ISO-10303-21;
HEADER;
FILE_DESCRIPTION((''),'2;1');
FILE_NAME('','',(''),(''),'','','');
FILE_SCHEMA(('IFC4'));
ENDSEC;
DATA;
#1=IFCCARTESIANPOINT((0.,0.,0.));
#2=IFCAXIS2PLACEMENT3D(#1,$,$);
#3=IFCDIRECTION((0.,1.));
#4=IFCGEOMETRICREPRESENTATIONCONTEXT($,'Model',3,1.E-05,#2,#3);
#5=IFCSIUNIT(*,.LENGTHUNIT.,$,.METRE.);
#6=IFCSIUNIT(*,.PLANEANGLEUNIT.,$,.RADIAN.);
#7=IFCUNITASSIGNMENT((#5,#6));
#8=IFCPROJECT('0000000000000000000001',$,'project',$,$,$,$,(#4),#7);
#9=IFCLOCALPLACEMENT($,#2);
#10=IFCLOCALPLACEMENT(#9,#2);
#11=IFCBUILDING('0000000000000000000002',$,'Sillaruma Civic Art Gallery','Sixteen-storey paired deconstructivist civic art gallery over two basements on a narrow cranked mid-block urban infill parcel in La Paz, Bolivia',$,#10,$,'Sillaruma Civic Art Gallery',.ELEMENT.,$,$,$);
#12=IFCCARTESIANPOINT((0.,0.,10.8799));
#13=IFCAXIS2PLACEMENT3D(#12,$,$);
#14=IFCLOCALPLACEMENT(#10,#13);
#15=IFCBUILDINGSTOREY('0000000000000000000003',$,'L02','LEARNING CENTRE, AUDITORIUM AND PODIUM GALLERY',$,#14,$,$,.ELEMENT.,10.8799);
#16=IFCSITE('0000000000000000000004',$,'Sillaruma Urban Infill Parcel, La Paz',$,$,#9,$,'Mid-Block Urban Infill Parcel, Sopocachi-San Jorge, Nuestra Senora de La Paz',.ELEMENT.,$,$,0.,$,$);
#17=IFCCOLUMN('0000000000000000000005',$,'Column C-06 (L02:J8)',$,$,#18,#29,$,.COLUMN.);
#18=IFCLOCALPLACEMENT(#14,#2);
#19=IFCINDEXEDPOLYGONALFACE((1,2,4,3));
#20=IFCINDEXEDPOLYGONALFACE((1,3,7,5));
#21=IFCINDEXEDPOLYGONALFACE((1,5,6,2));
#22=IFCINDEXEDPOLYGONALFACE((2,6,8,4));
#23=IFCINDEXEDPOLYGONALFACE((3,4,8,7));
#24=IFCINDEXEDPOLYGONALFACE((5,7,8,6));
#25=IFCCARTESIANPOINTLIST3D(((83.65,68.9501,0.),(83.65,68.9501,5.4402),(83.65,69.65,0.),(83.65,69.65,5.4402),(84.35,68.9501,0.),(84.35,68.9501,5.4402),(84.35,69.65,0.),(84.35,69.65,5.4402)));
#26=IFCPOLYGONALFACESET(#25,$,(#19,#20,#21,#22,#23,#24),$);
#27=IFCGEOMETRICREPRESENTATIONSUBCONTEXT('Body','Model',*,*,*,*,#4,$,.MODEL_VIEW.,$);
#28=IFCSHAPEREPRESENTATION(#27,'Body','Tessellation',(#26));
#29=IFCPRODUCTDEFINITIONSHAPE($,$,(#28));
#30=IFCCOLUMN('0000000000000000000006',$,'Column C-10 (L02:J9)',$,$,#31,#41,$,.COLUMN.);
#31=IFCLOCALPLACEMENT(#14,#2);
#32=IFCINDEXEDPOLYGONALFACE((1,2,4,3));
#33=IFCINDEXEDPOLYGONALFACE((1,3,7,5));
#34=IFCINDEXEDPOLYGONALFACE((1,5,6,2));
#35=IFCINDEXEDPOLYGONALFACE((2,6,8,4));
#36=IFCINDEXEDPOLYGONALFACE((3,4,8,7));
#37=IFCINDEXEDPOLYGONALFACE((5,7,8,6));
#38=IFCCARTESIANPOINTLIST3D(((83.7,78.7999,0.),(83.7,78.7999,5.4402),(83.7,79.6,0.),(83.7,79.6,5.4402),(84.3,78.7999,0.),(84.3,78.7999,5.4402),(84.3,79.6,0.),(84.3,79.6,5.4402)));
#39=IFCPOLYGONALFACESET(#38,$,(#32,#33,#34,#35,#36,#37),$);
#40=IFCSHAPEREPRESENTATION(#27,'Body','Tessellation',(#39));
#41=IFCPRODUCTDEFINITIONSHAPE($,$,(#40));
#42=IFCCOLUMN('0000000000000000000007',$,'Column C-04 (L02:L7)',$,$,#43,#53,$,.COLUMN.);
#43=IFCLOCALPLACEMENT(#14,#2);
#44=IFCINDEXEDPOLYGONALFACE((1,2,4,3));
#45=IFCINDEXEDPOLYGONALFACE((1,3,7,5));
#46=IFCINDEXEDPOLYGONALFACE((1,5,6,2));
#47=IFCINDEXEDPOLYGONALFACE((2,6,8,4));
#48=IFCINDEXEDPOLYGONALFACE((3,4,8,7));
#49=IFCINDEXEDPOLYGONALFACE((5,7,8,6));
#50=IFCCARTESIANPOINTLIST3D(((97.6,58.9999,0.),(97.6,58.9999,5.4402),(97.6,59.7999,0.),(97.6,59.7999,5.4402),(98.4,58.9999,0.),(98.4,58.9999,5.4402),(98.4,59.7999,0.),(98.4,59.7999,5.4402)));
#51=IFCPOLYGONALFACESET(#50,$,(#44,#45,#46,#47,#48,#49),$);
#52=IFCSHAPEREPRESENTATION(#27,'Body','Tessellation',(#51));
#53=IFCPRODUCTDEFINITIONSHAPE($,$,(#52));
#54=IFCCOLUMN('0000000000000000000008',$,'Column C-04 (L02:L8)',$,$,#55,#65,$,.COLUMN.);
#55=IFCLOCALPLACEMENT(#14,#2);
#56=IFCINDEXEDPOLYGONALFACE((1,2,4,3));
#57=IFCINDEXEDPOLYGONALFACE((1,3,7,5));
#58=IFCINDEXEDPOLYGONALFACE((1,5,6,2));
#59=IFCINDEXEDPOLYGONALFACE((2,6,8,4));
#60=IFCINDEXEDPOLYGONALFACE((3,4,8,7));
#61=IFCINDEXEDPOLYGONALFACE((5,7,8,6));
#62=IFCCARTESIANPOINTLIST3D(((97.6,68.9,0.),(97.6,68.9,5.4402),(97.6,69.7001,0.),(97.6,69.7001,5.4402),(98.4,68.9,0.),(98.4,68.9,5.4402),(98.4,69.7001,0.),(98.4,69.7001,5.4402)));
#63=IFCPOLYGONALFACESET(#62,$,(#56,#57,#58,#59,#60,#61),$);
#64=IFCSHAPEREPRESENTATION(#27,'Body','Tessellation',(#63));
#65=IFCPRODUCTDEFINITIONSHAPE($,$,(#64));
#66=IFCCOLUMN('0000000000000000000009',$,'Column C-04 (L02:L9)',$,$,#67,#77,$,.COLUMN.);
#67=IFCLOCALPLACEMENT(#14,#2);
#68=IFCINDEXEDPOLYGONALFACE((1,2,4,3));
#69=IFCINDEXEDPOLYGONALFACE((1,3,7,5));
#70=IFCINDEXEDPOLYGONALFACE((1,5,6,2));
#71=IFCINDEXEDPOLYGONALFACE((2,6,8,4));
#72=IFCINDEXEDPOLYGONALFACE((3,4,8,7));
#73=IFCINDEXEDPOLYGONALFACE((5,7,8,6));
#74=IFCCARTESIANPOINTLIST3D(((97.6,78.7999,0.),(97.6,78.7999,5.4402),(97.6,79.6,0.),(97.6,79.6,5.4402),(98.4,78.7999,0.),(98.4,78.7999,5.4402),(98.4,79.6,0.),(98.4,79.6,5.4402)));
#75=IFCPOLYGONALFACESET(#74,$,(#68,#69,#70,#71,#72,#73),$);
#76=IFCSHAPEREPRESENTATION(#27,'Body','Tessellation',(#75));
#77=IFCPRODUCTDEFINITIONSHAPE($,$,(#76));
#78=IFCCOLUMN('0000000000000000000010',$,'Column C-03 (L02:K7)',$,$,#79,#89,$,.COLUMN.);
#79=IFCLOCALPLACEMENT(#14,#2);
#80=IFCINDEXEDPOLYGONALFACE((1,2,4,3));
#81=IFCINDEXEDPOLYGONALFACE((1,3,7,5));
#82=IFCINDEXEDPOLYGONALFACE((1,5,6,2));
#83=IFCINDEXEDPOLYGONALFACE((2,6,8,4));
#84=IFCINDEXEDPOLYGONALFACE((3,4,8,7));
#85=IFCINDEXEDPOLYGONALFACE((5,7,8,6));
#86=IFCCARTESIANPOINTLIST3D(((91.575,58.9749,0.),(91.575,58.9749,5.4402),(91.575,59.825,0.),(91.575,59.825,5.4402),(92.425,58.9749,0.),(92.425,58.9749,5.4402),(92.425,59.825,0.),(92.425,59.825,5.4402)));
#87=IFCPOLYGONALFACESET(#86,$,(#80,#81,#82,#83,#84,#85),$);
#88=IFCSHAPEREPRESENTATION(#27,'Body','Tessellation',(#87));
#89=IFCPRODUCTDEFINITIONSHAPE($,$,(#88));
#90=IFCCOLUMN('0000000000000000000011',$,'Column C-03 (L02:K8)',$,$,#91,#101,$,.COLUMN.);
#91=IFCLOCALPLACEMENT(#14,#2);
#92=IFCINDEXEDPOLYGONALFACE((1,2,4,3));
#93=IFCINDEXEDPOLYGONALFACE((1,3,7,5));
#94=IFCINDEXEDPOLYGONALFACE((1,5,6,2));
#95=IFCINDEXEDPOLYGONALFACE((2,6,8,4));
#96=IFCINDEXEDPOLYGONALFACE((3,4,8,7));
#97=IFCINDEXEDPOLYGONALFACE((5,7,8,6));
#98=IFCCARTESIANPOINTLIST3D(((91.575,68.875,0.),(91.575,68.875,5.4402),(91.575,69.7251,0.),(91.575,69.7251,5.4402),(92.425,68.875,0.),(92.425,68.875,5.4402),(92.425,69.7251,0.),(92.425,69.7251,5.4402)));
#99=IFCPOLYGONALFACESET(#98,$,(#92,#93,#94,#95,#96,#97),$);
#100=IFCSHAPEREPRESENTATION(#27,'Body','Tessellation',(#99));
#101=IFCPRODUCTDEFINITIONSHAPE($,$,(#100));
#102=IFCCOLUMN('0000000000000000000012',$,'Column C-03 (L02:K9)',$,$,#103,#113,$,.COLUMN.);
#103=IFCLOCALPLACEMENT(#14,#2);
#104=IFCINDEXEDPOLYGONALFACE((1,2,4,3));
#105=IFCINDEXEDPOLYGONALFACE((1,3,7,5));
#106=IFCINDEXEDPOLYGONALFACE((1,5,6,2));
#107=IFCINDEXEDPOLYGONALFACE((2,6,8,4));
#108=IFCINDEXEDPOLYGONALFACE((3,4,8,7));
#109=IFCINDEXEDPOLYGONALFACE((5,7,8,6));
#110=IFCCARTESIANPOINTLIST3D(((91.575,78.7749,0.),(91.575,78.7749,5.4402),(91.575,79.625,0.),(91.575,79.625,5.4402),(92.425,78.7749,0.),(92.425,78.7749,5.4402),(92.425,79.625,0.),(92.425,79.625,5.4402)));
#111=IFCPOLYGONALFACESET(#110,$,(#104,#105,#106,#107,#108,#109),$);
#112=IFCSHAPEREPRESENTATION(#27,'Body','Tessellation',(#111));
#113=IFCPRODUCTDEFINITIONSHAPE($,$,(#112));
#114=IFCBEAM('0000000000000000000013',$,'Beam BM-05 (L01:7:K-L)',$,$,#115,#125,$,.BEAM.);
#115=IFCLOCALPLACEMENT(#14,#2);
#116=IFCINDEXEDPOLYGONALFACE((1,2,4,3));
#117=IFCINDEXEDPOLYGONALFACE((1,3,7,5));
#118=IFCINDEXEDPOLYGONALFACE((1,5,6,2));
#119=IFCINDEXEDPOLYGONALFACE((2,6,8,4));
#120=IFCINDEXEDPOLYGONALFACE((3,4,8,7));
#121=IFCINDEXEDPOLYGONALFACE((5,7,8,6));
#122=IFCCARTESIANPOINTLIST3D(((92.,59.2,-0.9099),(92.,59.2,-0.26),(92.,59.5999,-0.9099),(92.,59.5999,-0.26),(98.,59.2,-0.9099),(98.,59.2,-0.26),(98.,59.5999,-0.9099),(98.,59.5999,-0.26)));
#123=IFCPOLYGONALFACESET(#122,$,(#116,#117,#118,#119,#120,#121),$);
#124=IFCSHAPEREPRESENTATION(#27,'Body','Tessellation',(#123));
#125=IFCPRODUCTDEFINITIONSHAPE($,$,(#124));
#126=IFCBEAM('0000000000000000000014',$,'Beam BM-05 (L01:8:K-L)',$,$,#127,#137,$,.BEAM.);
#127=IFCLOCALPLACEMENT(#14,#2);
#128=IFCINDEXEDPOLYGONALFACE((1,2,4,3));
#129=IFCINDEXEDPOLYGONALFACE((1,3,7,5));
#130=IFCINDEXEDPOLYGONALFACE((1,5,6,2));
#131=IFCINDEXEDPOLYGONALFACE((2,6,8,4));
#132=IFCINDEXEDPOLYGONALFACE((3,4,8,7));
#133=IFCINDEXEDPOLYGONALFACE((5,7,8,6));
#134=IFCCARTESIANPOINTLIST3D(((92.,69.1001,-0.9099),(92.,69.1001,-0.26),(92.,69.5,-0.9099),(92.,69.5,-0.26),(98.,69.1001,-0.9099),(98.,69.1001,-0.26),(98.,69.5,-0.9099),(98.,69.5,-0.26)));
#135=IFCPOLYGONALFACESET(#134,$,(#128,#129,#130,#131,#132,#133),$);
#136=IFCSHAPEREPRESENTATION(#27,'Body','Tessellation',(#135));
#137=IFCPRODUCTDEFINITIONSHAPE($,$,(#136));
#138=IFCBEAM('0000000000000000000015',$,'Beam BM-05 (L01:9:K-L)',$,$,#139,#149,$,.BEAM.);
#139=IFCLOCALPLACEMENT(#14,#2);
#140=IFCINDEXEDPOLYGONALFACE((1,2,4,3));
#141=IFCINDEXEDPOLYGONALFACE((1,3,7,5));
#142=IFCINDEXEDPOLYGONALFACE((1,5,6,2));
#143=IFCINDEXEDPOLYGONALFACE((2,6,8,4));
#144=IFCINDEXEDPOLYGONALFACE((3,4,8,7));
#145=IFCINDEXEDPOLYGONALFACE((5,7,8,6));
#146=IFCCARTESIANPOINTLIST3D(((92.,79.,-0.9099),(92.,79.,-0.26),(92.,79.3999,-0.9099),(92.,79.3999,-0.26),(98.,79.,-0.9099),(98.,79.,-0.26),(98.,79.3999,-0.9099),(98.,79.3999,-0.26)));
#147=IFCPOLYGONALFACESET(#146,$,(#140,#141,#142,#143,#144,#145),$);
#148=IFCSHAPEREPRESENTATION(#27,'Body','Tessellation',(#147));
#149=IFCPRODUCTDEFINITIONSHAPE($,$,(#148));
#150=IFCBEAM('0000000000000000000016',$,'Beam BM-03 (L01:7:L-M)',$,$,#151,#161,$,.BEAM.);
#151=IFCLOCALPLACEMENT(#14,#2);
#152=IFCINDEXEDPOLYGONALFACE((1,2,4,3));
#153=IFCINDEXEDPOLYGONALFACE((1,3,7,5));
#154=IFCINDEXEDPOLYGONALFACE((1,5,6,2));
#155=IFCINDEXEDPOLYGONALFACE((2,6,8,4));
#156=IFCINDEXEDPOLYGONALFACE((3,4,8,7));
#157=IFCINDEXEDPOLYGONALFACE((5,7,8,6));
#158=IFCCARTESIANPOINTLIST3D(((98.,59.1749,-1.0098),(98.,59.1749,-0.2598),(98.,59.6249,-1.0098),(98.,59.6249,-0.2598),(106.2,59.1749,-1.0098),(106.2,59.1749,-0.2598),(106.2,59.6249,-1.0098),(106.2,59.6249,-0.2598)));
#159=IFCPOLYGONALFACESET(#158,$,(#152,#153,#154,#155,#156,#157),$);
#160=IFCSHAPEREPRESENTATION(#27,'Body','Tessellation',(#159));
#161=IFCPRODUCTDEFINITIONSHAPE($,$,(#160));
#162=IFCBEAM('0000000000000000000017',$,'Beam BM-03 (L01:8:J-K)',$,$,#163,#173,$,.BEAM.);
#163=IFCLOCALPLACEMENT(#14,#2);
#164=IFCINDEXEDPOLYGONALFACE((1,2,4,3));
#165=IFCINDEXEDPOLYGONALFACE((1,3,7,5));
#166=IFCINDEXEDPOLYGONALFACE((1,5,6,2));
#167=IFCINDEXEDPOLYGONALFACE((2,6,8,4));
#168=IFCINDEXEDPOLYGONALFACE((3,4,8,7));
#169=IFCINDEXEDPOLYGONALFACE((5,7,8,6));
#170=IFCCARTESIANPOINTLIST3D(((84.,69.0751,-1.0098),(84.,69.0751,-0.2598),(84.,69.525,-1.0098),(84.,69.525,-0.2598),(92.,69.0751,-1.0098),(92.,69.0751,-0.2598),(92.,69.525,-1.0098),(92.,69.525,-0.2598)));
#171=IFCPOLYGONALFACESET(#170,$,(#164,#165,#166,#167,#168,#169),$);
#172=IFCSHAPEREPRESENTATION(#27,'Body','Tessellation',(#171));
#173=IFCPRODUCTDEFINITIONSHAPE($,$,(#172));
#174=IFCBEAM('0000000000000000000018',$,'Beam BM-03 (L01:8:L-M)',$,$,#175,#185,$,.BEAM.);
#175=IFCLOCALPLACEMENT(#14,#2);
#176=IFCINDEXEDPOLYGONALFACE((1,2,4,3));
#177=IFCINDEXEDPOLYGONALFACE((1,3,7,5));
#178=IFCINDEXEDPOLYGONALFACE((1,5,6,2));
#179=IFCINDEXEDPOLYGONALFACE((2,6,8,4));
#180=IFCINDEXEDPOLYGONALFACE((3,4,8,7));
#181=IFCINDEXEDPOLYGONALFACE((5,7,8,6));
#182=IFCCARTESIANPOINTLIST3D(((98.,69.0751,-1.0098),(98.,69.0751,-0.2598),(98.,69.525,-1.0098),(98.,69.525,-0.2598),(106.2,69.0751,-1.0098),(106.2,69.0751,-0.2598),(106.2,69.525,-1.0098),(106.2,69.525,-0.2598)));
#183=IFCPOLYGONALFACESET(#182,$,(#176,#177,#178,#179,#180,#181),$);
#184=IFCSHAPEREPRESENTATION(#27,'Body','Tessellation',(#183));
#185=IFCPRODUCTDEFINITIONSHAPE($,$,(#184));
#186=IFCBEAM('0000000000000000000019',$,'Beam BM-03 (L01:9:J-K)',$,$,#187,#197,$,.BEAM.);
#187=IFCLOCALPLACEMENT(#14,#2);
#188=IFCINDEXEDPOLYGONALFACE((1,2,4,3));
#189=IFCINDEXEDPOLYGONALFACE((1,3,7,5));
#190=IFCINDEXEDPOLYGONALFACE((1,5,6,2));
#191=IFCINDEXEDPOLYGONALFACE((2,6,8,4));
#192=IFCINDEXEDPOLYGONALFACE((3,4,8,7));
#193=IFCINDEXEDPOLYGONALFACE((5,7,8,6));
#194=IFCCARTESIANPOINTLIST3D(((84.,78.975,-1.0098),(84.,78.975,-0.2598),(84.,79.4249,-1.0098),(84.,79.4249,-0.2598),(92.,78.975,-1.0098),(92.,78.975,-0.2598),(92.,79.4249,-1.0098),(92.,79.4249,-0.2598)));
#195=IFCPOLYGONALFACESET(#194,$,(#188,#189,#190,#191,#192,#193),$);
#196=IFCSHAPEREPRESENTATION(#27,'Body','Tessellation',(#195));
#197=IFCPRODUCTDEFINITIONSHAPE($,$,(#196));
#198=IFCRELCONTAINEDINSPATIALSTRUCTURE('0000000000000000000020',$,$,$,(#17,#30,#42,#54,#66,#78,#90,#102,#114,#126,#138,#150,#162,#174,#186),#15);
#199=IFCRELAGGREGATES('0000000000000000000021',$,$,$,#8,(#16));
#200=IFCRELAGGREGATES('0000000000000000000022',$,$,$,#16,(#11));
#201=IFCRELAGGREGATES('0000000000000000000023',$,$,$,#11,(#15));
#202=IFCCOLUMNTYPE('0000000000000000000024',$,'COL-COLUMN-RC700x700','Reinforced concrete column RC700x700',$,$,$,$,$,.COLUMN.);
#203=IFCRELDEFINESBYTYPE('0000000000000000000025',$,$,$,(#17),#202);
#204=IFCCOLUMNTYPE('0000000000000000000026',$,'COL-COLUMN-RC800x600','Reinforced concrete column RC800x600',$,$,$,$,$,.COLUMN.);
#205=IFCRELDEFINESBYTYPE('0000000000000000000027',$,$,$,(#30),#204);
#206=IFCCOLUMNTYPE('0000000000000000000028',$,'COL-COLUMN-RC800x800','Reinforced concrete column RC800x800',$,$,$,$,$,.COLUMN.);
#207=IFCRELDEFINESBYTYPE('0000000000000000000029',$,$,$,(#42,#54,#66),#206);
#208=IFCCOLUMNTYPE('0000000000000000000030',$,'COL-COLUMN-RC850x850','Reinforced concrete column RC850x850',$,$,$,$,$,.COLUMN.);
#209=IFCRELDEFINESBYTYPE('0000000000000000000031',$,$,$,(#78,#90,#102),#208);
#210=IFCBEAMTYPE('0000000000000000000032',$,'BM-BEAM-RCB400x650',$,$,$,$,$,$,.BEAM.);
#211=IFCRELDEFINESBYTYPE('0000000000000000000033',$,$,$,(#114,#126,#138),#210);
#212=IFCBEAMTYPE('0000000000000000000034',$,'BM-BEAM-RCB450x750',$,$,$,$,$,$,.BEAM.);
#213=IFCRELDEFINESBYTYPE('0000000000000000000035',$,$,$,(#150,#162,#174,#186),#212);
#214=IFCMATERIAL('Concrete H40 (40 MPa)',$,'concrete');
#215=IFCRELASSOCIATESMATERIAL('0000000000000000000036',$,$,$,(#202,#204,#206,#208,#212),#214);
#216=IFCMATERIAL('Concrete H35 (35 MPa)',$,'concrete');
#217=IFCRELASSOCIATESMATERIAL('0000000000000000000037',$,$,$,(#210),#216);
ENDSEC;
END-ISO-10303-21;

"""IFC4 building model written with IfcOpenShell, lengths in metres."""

from ifc_helpers import new_model, si_unit, direction, frame, origin, origin_2d, place, context, subcontext, project, spatial, rectangle, extrude, material, material_profile, profile_set, type_object, element, save


model = new_model("IFC4")

# Units and contexts
model_context = context("Model", 3, precision=1e-05, world=origin(), true_north=direction((0.0, 1.0)))
body_context = subcontext(model_context, "Body", "Model", "MODEL_VIEW")
ifc_project = project(units=[si_unit("LENGTHUNIT", "METRE"), si_unit("PLANEANGLEUNIT", "RADIAN")], contexts=[model_context])

# Site, building, storey
site_placement = place(None, origin())
site = spatial("IfcSite", under=ifc_project, at=site_placement, Name="Sillaruma Urban Infill Parcel, La Paz", LongName="Mid-Block Urban Infill Parcel, Sopocachi-San Jorge, Nuestra Senora de La Paz", CompositionType="ELEMENT", RefElevation=0.0)
building_placement = place(site_placement, origin())
building = spatial("IfcBuilding", under=site, at=building_placement, Name="Sillaruma Civic Art Gallery", Description="Sixteen-storey paired deconstructivist civic art gallery over two basements on a narrow cranked mid-block urban infill parcel in La Paz, Bolivia", LongName="Sillaruma Civic Art Gallery", CompositionType="ELEMENT")
storey_placement = place(building_placement, frame((0.0, 0.0, 10.8799)))
storey = spatial("IfcBuildingStorey", under=building, at=storey_placement, Name="L02", Description="LEARNING CENTRE, AUDITORIUM AND PODIUM GALLERY", CompositionType="ELEMENT", Elevation=10.8799)

# Columns
ifc_material_1 = material(Name="Concrete H40 (40 MPa)", Category="concrete")
ifc_material_profile_1 = material_profile(ifc_material_1, rectangle(XDim=0.7, YDim=0.7, at=origin_2d()), Name="RC700x700")
ifc_profile_set_1 = profile_set([ifc_material_profile_1], Name="Concrete H40 (40 MPa)")
column_type_1 = type_object("IfcColumnType", Name="COL-COLUMN-RC700x700", Description="Reinforced concrete column RC700x700", PredefinedType="COLUMN", material=ifc_profile_set_1)
column_1_placement = place(storey_placement, frame((84.0, 69.3, 0.0), z_axis=(0.0, 0.0, 1.0), x_axis=(1.0, 0.0, 0.0)))
element("IfcColumn", 1, at=column_1_placement, inside=storey, type_object=column_type_1, Name="Column C-06 (L02:J8)", PredefinedType="COLUMN", context=body_context, shape_type="SweptSolid", body=[
    extrude(rectangle(XDim=0.7, YDim=0.7, at=origin_2d()), origin(), (0.0, 0.0, 1.0), 5.4402),
])
ifc_material_profile_2 = material_profile(ifc_material_1, rectangle(XDim=0.6001, YDim=0.8, at=origin_2d()), Name="RC800x600")
ifc_profile_set_2 = profile_set([ifc_material_profile_2], Name="Concrete H40 (40 MPa)")
column_type_2 = type_object("IfcColumnType", Name="COL-COLUMN-RC800x600", Description="Reinforced concrete column RC800x600", PredefinedType="COLUMN", material=ifc_profile_set_2)
column_2_placement = place(storey_placement, frame((84.0, 79.2, 0.0), z_axis=(0.0, 0.0, 1.0), x_axis=(1.0, 0.0, 0.0)))
element("IfcColumn", 2, at=column_2_placement, inside=storey, type_object=column_type_2, Name="Column C-10 (L02:J9)", PredefinedType="COLUMN", context=body_context, shape_type="SweptSolid", body=[
    extrude(rectangle(XDim=0.6001, YDim=0.8, at=origin_2d()), origin(), (0.0, 0.0, 1.0), 5.4402),
])
ifc_material_profile_3 = material_profile(ifc_material_1, rectangle(XDim=0.8, YDim=0.8, at=origin_2d()), Name="RC800x800")
ifc_profile_set_3 = profile_set([ifc_material_profile_3], Name="Concrete H40 (40 MPa)")
column_type_3 = type_object("IfcColumnType", Name="COL-COLUMN-RC800x800", Description="Reinforced concrete column RC800x800", PredefinedType="COLUMN", material=ifc_profile_set_3)
for number, where, z_axis, x_axis, name in (
    (3, (98.0, 59.3999, 0.0), (0.0, 0.0, 1.0), (1.0, 0.0, 0.0), "Column C-04 (L02:L7)"),
    (4, (98.0, 69.3, 0.0), (0.0, 0.0, 1.0), (1.0, 0.0, 0.0), "Column C-04 (L02:L8)"),
    (5, (98.0, 79.2, 0.0), (0.0, 0.0, 1.0), (1.0, 0.0, 0.0), "Column C-04 (L02:L9)"),
):
    element("IfcColumn", number, at=place(storey_placement, frame(where, z_axis=z_axis, x_axis=x_axis)), inside=storey, type_object=column_type_3, Name=name, PredefinedType="COLUMN", context=body_context, shape_type="SweptSolid", body=[
        extrude(rectangle(XDim=0.8, YDim=0.8, at=origin_2d()), origin(), (0.0, 0.0, 1.0), 5.4402),
    ])
ifc_material_profile_4 = material_profile(ifc_material_1, rectangle(XDim=0.8501, YDim=0.8501, at=origin_2d()), Name="RC850x850")
ifc_profile_set_4 = profile_set([ifc_material_profile_4], Name="Concrete H40 (40 MPa)")
column_type_4 = type_object("IfcColumnType", Name="COL-COLUMN-RC850x850", Description="Reinforced concrete column RC850x850", PredefinedType="COLUMN", material=ifc_profile_set_4)
for number, where, z_axis, x_axis, name in (
    (6, (92.0, 59.3999, 0.0), (0.0, 0.0, 1.0), (1.0, 0.0, 0.0), "Column C-03 (L02:K7)"),
    (7, (92.0, 69.3, 0.0), (0.0, 0.0, 1.0), (1.0, 0.0, 0.0), "Column C-03 (L02:K8)"),
    (8, (92.0, 79.2, 0.0), (0.0, 0.0, 1.0), (1.0, 0.0, 0.0), "Column C-03 (L02:K9)"),
):
    element("IfcColumn", number, at=place(storey_placement, frame(where, z_axis=z_axis, x_axis=x_axis)), inside=storey, type_object=column_type_4, Name=name, PredefinedType="COLUMN", context=body_context, shape_type="SweptSolid", body=[
        extrude(rectangle(XDim=0.8501, YDim=0.8501, at=origin_2d()), origin(), (0.0, 0.0, 1.0), 5.4402),
    ])

# Beams
ifc_material_2 = material(Name="Concrete H35 (35 MPa)", Category="concrete")
ifc_material_profile_5 = material_profile(ifc_material_2, rectangle(XDim=0.3999, YDim=0.6499, at=origin_2d()), Name="RCB400x650")
ifc_profile_set_5 = profile_set([ifc_material_profile_5], Name="Concrete H35 (35 MPa)")
beam_type_1 = type_object("IfcBeamType", Name="BM-BEAM-RCB400x650", PredefinedType="BEAM", material=ifc_profile_set_5)
for number, where, z_axis, x_axis, name in (
    (9, (92.0, 59.3999, -0.585), (1.0, 0.0, 0.0), (0.0, 1.0, 0.0), "Beam BM-05 (L01:7:K-L)"),
    (10, (92.0, 69.3, -0.585), (1.0, 0.0, 0.0), (0.0, 1.0, 0.0), "Beam BM-05 (L01:8:K-L)"),
    (11, (92.0, 79.2, -0.585), (1.0, 0.0, 0.0), (0.0, 1.0, 0.0), "Beam BM-05 (L01:9:K-L)"),
):
    element("IfcBeam", number, at=place(storey_placement, frame(where, z_axis=z_axis, x_axis=x_axis)), inside=storey, type_object=beam_type_1, Name=name, PredefinedType="BEAM", context=body_context, shape_type="SweptSolid", body=[
        extrude(rectangle(XDim=0.3999, YDim=0.6499, at=origin_2d()), origin(), (0.0, 0.0, 1.0), 6.0),
    ])
ifc_material_profile_6 = material_profile(ifc_material_1, rectangle(XDim=0.45, YDim=0.75, at=origin_2d()), Name="RCB450x750")
ifc_profile_set_6 = profile_set([ifc_material_profile_6], Name="Concrete H40 (40 MPa)")
beam_type_2 = type_object("IfcBeamType", Name="BM-BEAM-RCB450x750", PredefinedType="BEAM", material=ifc_profile_set_6)
beam_1_placement = place(storey_placement, frame((98.0, 59.3999, -0.6348), z_axis=(1.0, 0.0, 0.0), x_axis=(0.0, 1.0, 0.0)))
element("IfcBeam", 12, at=beam_1_placement, inside=storey, type_object=beam_type_2, Name="Beam BM-03 (L01:7:L-M)", PredefinedType="BEAM", context=body_context, shape_type="SweptSolid", body=[
    extrude(rectangle(XDim=0.45, YDim=0.75, at=origin_2d()), origin(), (0.0, 0.0, 1.0), 8.2),
])
beam_2_placement = place(storey_placement, frame((84.0, 69.3, -0.6348), z_axis=(1.0, 0.0, 0.0), x_axis=(0.0, 1.0, 0.0)))
element("IfcBeam", 13, at=beam_2_placement, inside=storey, type_object=beam_type_2, Name="Beam BM-03 (L01:8:J-K)", PredefinedType="BEAM", context=body_context, shape_type="SweptSolid", body=[
    extrude(rectangle(XDim=0.45, YDim=0.75, at=origin_2d()), origin(), (0.0, 0.0, 1.0), 8.0),
])
beam_3_placement = place(storey_placement, frame((98.0, 69.3, -0.6348), z_axis=(1.0, 0.0, 0.0), x_axis=(0.0, 1.0, 0.0)))
element("IfcBeam", 14, at=beam_3_placement, inside=storey, type_object=beam_type_2, Name="Beam BM-03 (L01:8:L-M)", PredefinedType="BEAM", context=body_context, shape_type="SweptSolid", body=[
    extrude(rectangle(XDim=0.45, YDim=0.75, at=origin_2d()), origin(), (0.0, 0.0, 1.0), 8.2),
])
beam_4_placement = place(storey_placement, frame((84.0, 79.2, -0.6348), z_axis=(1.0, 0.0, 0.0), x_axis=(0.0, 1.0, 0.0)))
element("IfcBeam", 15, at=beam_4_placement, inside=storey, type_object=beam_type_2, Name="Beam BM-03 (L01:9:J-K)", PredefinedType="BEAM", context=body_context, shape_type="SweptSolid", body=[
    extrude(rectangle(XDim=0.45, YDim=0.75, at=origin_2d()), origin(), (0.0, 0.0, 1.0), 8.0),
])

save(model, "model.ifc")
